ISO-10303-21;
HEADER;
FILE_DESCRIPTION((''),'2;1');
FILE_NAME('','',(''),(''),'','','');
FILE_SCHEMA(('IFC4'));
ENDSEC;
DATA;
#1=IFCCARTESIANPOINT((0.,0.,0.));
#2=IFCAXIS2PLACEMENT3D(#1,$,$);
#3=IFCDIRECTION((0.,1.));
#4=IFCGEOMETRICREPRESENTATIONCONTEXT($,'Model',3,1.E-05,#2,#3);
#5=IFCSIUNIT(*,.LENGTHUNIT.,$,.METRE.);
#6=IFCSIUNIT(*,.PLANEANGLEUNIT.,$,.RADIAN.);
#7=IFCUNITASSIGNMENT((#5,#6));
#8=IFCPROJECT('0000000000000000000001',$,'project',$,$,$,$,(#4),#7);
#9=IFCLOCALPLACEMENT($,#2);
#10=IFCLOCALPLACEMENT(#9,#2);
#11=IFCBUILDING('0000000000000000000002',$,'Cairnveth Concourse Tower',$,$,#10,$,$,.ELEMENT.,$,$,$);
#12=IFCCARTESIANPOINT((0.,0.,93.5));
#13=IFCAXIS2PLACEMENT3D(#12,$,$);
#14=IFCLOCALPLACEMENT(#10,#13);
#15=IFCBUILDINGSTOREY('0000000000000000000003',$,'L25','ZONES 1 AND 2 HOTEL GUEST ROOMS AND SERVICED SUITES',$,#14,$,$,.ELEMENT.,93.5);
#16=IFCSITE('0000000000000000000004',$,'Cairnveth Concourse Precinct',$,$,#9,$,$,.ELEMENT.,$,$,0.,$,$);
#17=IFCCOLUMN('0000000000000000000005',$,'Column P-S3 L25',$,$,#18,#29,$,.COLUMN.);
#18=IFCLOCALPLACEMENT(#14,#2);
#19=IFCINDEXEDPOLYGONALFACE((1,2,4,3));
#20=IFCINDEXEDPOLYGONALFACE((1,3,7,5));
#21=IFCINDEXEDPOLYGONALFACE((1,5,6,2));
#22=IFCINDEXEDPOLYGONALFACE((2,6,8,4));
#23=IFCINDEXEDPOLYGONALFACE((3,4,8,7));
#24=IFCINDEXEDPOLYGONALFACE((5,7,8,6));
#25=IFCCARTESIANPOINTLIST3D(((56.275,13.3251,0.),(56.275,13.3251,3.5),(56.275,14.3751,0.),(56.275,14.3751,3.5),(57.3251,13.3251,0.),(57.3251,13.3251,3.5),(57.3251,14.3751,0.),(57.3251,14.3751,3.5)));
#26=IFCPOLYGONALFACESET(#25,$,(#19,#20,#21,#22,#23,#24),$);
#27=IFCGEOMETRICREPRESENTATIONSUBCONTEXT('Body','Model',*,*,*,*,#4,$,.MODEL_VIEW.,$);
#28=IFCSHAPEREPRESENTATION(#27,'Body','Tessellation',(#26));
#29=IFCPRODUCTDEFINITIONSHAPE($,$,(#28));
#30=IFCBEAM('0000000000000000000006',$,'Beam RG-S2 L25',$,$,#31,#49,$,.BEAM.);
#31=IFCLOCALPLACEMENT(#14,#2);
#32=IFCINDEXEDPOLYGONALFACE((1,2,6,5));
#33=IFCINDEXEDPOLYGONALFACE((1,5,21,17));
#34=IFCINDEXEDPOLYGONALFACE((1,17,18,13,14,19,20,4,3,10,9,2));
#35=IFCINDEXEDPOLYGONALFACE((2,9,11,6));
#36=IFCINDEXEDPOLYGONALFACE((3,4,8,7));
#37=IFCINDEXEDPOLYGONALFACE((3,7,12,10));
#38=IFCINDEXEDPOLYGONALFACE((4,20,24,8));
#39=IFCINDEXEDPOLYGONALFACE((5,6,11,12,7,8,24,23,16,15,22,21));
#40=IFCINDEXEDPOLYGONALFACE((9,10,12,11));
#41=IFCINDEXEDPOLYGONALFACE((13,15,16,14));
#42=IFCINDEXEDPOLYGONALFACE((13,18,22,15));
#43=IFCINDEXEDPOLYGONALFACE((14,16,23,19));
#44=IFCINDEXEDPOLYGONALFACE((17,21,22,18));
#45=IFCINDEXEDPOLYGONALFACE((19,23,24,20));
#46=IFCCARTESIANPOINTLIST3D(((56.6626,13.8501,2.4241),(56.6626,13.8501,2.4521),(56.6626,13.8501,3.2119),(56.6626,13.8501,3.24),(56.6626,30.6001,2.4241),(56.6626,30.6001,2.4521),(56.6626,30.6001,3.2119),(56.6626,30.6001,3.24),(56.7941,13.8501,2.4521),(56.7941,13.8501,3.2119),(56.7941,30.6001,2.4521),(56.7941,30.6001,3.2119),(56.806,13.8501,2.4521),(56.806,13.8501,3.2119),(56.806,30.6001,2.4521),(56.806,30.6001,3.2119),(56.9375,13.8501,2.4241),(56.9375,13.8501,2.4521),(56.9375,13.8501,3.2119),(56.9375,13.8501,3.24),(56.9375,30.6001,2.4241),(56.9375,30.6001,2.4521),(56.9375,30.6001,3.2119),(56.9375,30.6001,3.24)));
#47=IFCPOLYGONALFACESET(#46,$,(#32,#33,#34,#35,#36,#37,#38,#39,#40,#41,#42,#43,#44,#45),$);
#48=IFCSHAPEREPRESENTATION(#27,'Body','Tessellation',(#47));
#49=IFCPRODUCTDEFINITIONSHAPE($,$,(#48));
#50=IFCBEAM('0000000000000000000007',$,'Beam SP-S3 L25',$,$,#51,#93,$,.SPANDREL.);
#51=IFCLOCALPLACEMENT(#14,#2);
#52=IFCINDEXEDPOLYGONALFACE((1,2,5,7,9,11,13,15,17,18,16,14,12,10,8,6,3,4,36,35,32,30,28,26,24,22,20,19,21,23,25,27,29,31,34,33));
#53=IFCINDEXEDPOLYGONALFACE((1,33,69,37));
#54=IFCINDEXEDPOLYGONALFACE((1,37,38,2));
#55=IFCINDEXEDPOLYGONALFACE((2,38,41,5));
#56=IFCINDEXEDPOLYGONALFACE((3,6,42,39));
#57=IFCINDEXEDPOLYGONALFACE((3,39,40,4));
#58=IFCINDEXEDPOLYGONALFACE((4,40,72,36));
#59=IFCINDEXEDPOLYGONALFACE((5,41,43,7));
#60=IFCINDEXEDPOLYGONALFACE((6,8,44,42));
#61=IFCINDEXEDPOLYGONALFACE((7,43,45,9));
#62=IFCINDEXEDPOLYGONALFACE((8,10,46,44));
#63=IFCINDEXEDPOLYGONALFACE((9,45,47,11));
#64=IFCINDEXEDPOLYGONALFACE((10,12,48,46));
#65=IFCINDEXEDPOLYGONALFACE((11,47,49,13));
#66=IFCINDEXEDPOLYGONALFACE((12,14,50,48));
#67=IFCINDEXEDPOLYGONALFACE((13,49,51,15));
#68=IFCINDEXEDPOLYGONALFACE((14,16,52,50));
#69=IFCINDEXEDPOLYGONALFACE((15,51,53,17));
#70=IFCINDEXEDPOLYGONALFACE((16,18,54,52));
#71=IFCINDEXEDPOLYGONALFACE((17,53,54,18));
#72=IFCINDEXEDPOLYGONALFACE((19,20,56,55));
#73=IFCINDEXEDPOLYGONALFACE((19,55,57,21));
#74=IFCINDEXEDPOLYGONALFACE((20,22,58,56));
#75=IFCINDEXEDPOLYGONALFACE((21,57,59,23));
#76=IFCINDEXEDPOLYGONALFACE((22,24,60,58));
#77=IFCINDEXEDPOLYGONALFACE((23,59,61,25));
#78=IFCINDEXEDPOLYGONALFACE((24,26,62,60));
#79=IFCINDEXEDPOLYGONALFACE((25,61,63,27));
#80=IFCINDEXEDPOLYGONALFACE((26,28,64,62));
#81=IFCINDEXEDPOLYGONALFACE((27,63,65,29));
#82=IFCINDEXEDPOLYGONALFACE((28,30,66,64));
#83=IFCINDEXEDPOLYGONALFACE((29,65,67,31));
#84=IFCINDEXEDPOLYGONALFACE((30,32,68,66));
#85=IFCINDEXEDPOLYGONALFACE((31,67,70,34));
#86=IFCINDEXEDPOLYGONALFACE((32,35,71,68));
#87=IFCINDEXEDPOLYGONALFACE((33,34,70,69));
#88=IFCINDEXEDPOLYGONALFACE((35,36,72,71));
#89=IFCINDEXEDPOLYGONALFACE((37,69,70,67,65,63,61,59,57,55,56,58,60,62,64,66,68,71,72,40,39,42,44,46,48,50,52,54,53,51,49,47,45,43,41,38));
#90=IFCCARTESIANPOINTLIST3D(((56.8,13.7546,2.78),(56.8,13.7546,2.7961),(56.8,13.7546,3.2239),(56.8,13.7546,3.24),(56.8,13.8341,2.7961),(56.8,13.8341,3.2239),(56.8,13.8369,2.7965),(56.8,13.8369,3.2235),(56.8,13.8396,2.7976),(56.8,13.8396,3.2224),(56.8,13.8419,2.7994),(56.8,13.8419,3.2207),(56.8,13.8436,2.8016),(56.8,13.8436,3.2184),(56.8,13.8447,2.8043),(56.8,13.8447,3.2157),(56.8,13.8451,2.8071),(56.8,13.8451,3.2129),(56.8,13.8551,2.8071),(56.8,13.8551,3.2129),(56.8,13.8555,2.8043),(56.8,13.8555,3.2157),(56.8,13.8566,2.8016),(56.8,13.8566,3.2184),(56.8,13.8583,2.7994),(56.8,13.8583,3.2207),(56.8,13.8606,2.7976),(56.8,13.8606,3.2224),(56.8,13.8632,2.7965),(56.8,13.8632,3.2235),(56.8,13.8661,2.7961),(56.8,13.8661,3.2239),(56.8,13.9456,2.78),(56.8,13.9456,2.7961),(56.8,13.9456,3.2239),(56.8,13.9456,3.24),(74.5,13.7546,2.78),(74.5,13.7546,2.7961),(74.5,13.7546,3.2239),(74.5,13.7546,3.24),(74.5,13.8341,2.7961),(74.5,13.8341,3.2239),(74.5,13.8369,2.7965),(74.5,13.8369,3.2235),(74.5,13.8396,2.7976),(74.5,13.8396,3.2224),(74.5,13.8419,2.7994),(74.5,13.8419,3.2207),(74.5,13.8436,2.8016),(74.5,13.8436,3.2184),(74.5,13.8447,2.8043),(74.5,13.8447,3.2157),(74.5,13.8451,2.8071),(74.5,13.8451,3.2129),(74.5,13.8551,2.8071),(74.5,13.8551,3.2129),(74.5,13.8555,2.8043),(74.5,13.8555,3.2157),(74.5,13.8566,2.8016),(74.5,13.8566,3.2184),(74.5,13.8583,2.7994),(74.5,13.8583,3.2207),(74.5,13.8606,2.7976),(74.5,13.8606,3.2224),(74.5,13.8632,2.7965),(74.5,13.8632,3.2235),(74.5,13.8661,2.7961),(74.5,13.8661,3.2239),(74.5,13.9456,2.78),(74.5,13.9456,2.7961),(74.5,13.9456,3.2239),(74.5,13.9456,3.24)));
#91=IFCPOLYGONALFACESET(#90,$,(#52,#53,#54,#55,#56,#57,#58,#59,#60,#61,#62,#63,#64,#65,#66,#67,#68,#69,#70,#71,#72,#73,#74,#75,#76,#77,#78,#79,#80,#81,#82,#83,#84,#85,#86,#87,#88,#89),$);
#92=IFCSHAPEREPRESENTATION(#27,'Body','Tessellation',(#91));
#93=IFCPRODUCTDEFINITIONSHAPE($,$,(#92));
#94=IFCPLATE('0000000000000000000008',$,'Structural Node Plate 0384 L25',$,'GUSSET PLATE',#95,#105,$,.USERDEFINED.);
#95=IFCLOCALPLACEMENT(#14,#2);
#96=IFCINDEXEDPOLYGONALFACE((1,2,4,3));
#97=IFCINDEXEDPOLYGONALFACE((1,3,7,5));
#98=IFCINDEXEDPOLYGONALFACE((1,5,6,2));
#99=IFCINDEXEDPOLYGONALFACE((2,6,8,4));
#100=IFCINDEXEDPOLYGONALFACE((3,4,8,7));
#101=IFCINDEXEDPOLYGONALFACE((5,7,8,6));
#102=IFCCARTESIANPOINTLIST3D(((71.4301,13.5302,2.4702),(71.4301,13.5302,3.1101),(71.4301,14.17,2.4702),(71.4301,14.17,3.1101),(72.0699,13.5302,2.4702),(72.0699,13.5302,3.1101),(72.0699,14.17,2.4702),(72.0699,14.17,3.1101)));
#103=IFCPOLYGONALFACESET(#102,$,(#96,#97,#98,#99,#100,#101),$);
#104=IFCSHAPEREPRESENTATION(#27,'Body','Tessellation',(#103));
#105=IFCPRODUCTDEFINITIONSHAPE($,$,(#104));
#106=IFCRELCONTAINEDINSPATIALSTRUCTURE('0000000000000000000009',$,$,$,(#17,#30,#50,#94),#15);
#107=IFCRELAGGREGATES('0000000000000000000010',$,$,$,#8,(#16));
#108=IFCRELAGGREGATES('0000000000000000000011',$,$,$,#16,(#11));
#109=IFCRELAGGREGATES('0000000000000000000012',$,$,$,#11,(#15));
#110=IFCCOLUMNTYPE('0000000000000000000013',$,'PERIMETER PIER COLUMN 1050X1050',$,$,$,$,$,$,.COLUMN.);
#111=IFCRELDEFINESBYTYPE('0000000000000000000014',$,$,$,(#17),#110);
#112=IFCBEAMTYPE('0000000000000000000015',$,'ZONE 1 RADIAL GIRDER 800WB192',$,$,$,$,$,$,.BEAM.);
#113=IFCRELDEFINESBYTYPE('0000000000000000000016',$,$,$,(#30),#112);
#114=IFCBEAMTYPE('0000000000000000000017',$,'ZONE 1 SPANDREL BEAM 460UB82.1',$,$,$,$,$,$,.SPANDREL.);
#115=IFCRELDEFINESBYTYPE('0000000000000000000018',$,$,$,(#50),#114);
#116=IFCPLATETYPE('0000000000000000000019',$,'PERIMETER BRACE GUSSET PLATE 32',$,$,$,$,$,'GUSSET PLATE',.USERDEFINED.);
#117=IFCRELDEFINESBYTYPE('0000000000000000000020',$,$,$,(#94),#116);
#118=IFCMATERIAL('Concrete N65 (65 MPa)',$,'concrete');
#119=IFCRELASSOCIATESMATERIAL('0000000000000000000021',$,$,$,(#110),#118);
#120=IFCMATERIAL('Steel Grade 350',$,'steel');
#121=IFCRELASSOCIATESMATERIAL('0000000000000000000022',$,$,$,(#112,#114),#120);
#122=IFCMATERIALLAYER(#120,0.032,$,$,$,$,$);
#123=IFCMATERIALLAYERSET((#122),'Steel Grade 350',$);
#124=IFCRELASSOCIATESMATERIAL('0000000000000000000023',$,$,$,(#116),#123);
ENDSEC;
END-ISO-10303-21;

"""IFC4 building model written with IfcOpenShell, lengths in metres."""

from ifc_helpers import new_model, si_unit, direction, frame, origin, origin_2d, place, context, subcontext, project, spatial, rectangle, i_section, extrude, material, layer, layer_set, material_profile, profile_set, type_object, element, save


model = new_model("IFC4")

# Units and contexts
model_context = context("Model", 3, precision=1e-05, world=origin(), true_north=direction((0.0, 1.0)))
body_context = subcontext(model_context, "Body", "Model", "MODEL_VIEW")
ifc_project = project(units=[si_unit("LENGTHUNIT", "METRE"), si_unit("PLANEANGLEUNIT", "RADIAN")], contexts=[model_context])

# Site, building, storey
site_placement = place(None, origin())
site = spatial("IfcSite", under=ifc_project, at=site_placement, Name="Cairnveth Concourse Precinct", CompositionType="ELEMENT", RefElevation=0.0)
building_placement = place(site_placement, origin())
building = spatial("IfcBuilding", under=site, at=building_placement, Name="Cairnveth Concourse Tower", CompositionType="ELEMENT")
storey_placement = place(building_placement, frame((0.0, 0.0, 93.5)))
storey = spatial("IfcBuildingStorey", under=building, at=storey_placement, Name="L25", Description="ZONES 1 AND 2 HOTEL GUEST ROOMS AND SERVICED SUITES", CompositionType="ELEMENT", Elevation=93.5)

# Column
ifc_material_1 = material(Name="Concrete N65 (65 MPa)", Category="concrete")
ifc_material_profile_1 = material_profile(ifc_material_1, rectangle(XDim=1.05, YDim=1.05, at=origin_2d()), Name="RC-COL-1050x1050")
ifc_profile_set_1 = profile_set([ifc_material_profile_1], Name="Concrete N65 (65 MPa)")
column_type = type_object("IfcColumnType", Name="PERIMETER PIER COLUMN 1050X1050", PredefinedType="COLUMN", material=ifc_profile_set_1)
column_placement = place(storey_placement, frame((56.8, 13.8501, 0.0), z_axis=(0.0, 0.0, 1.0), x_axis=(1.0, 0.0, 0.0)))
element("IfcColumn", 1, at=column_placement, inside=storey, type_object=column_type, Name="Column P-S3 L25", PredefinedType="COLUMN", context=body_context, shape_type="SweptSolid", body=[
    extrude(rectangle(XDim=1.05, YDim=1.05, at=origin_2d()), origin(), (0.0, 0.0, 1.0), 3.5),
])

# Beams
ifc_material_2 = material(Name="Steel Grade 350", Category="steel")
ifc_material_profile_2 = material_profile(ifc_material_2, i_section(OverallWidth=0.2749, OverallDepth=0.8159, WebThickness=0.012, FlangeThickness=0.0281, at=origin_2d()), Name="800WB192")
ifc_profile_set_2 = profile_set([ifc_material_profile_2], Name="Steel Grade 350")
beam_type_1 = type_object("IfcBeamType", Name="ZONE 1 RADIAL GIRDER 800WB192", PredefinedType="BEAM", material=ifc_profile_set_2)
beam_1_placement = place(storey_placement, frame((56.8, 13.8501, 2.832), z_axis=(0.0, 1.0, 0.0), x_axis=(-1.0, 0.0, 0.0)))
element("IfcBeam", 2, at=beam_1_placement, inside=storey, type_object=beam_type_1, Name="Beam RG-S2 L25", PredefinedType="BEAM", context=body_context, shape_type="SweptSolid", body=[
    extrude(i_section(OverallWidth=0.2749, OverallDepth=0.8159, WebThickness=0.012, FlangeThickness=0.0281, at=origin_2d()), origin(), (0.0, 0.0, 1.0), 16.75),
])
ifc_material_profile_3 = material_profile(ifc_material_2, i_section(OverallWidth=0.1909, OverallDepth=0.46, WebThickness=0.01, FlangeThickness=0.0161, FilletRadius=0.011, at=origin_2d()), Name="460UB82.1")
ifc_profile_set_3 = profile_set([ifc_material_profile_3], Name="Steel Grade 350")
beam_type_2 = type_object("IfcBeamType", Name="ZONE 1 SPANDREL BEAM 460UB82.1", PredefinedType="SPANDREL", material=ifc_profile_set_3)
beam_2_placement = place(storey_placement, frame((56.8, 13.8501, 3.01), z_axis=(1.0, 0.0, 0.0), x_axis=(0.0, 1.0, 0.0)))
element("IfcBeam", 3, at=beam_2_placement, inside=storey, type_object=beam_type_2, Name="Beam SP-S3 L25", PredefinedType="SPANDREL", context=body_context, shape_type="SweptSolid", body=[
    extrude(i_section(OverallWidth=0.1909, OverallDepth=0.46, WebThickness=0.01, FlangeThickness=0.0161, FilletRadius=0.011, at=origin_2d()), origin(), (0.0, 0.0, 1.0), 17.7),
])

# Plate
ifc_layer_1 = layer(ifc_material_2, 0.032)
ifc_layer_set_1 = layer_set([ifc_layer_1], Name="Steel Grade 350")
plate_type = type_object("IfcPlateType", Name="PERIMETER BRACE GUSSET PLATE 32", ElementType="GUSSET PLATE", PredefinedType="USERDEFINED", material=ifc_layer_set_1)
plate_placement = place(storey_placement, frame((71.75, 13.8501, 2.4702), z_axis=(0.0, 0.0, 1.0), x_axis=(1.0, 0.0, 0.0)))
element("IfcPlate", 4, at=plate_placement, inside=storey, type_object=plate_type, Name="Structural Node Plate 0384 L25", ObjectType="GUSSET PLATE", PredefinedType="USERDEFINED", context=body_context, shape_type="SweptSolid", body=[
    extrude(rectangle(XDim=0.6399, YDim=0.6399, at=origin_2d()), origin(), (0.0, 0.0, 1.0), 0.6399),
])

save(model, "model.ifc")
